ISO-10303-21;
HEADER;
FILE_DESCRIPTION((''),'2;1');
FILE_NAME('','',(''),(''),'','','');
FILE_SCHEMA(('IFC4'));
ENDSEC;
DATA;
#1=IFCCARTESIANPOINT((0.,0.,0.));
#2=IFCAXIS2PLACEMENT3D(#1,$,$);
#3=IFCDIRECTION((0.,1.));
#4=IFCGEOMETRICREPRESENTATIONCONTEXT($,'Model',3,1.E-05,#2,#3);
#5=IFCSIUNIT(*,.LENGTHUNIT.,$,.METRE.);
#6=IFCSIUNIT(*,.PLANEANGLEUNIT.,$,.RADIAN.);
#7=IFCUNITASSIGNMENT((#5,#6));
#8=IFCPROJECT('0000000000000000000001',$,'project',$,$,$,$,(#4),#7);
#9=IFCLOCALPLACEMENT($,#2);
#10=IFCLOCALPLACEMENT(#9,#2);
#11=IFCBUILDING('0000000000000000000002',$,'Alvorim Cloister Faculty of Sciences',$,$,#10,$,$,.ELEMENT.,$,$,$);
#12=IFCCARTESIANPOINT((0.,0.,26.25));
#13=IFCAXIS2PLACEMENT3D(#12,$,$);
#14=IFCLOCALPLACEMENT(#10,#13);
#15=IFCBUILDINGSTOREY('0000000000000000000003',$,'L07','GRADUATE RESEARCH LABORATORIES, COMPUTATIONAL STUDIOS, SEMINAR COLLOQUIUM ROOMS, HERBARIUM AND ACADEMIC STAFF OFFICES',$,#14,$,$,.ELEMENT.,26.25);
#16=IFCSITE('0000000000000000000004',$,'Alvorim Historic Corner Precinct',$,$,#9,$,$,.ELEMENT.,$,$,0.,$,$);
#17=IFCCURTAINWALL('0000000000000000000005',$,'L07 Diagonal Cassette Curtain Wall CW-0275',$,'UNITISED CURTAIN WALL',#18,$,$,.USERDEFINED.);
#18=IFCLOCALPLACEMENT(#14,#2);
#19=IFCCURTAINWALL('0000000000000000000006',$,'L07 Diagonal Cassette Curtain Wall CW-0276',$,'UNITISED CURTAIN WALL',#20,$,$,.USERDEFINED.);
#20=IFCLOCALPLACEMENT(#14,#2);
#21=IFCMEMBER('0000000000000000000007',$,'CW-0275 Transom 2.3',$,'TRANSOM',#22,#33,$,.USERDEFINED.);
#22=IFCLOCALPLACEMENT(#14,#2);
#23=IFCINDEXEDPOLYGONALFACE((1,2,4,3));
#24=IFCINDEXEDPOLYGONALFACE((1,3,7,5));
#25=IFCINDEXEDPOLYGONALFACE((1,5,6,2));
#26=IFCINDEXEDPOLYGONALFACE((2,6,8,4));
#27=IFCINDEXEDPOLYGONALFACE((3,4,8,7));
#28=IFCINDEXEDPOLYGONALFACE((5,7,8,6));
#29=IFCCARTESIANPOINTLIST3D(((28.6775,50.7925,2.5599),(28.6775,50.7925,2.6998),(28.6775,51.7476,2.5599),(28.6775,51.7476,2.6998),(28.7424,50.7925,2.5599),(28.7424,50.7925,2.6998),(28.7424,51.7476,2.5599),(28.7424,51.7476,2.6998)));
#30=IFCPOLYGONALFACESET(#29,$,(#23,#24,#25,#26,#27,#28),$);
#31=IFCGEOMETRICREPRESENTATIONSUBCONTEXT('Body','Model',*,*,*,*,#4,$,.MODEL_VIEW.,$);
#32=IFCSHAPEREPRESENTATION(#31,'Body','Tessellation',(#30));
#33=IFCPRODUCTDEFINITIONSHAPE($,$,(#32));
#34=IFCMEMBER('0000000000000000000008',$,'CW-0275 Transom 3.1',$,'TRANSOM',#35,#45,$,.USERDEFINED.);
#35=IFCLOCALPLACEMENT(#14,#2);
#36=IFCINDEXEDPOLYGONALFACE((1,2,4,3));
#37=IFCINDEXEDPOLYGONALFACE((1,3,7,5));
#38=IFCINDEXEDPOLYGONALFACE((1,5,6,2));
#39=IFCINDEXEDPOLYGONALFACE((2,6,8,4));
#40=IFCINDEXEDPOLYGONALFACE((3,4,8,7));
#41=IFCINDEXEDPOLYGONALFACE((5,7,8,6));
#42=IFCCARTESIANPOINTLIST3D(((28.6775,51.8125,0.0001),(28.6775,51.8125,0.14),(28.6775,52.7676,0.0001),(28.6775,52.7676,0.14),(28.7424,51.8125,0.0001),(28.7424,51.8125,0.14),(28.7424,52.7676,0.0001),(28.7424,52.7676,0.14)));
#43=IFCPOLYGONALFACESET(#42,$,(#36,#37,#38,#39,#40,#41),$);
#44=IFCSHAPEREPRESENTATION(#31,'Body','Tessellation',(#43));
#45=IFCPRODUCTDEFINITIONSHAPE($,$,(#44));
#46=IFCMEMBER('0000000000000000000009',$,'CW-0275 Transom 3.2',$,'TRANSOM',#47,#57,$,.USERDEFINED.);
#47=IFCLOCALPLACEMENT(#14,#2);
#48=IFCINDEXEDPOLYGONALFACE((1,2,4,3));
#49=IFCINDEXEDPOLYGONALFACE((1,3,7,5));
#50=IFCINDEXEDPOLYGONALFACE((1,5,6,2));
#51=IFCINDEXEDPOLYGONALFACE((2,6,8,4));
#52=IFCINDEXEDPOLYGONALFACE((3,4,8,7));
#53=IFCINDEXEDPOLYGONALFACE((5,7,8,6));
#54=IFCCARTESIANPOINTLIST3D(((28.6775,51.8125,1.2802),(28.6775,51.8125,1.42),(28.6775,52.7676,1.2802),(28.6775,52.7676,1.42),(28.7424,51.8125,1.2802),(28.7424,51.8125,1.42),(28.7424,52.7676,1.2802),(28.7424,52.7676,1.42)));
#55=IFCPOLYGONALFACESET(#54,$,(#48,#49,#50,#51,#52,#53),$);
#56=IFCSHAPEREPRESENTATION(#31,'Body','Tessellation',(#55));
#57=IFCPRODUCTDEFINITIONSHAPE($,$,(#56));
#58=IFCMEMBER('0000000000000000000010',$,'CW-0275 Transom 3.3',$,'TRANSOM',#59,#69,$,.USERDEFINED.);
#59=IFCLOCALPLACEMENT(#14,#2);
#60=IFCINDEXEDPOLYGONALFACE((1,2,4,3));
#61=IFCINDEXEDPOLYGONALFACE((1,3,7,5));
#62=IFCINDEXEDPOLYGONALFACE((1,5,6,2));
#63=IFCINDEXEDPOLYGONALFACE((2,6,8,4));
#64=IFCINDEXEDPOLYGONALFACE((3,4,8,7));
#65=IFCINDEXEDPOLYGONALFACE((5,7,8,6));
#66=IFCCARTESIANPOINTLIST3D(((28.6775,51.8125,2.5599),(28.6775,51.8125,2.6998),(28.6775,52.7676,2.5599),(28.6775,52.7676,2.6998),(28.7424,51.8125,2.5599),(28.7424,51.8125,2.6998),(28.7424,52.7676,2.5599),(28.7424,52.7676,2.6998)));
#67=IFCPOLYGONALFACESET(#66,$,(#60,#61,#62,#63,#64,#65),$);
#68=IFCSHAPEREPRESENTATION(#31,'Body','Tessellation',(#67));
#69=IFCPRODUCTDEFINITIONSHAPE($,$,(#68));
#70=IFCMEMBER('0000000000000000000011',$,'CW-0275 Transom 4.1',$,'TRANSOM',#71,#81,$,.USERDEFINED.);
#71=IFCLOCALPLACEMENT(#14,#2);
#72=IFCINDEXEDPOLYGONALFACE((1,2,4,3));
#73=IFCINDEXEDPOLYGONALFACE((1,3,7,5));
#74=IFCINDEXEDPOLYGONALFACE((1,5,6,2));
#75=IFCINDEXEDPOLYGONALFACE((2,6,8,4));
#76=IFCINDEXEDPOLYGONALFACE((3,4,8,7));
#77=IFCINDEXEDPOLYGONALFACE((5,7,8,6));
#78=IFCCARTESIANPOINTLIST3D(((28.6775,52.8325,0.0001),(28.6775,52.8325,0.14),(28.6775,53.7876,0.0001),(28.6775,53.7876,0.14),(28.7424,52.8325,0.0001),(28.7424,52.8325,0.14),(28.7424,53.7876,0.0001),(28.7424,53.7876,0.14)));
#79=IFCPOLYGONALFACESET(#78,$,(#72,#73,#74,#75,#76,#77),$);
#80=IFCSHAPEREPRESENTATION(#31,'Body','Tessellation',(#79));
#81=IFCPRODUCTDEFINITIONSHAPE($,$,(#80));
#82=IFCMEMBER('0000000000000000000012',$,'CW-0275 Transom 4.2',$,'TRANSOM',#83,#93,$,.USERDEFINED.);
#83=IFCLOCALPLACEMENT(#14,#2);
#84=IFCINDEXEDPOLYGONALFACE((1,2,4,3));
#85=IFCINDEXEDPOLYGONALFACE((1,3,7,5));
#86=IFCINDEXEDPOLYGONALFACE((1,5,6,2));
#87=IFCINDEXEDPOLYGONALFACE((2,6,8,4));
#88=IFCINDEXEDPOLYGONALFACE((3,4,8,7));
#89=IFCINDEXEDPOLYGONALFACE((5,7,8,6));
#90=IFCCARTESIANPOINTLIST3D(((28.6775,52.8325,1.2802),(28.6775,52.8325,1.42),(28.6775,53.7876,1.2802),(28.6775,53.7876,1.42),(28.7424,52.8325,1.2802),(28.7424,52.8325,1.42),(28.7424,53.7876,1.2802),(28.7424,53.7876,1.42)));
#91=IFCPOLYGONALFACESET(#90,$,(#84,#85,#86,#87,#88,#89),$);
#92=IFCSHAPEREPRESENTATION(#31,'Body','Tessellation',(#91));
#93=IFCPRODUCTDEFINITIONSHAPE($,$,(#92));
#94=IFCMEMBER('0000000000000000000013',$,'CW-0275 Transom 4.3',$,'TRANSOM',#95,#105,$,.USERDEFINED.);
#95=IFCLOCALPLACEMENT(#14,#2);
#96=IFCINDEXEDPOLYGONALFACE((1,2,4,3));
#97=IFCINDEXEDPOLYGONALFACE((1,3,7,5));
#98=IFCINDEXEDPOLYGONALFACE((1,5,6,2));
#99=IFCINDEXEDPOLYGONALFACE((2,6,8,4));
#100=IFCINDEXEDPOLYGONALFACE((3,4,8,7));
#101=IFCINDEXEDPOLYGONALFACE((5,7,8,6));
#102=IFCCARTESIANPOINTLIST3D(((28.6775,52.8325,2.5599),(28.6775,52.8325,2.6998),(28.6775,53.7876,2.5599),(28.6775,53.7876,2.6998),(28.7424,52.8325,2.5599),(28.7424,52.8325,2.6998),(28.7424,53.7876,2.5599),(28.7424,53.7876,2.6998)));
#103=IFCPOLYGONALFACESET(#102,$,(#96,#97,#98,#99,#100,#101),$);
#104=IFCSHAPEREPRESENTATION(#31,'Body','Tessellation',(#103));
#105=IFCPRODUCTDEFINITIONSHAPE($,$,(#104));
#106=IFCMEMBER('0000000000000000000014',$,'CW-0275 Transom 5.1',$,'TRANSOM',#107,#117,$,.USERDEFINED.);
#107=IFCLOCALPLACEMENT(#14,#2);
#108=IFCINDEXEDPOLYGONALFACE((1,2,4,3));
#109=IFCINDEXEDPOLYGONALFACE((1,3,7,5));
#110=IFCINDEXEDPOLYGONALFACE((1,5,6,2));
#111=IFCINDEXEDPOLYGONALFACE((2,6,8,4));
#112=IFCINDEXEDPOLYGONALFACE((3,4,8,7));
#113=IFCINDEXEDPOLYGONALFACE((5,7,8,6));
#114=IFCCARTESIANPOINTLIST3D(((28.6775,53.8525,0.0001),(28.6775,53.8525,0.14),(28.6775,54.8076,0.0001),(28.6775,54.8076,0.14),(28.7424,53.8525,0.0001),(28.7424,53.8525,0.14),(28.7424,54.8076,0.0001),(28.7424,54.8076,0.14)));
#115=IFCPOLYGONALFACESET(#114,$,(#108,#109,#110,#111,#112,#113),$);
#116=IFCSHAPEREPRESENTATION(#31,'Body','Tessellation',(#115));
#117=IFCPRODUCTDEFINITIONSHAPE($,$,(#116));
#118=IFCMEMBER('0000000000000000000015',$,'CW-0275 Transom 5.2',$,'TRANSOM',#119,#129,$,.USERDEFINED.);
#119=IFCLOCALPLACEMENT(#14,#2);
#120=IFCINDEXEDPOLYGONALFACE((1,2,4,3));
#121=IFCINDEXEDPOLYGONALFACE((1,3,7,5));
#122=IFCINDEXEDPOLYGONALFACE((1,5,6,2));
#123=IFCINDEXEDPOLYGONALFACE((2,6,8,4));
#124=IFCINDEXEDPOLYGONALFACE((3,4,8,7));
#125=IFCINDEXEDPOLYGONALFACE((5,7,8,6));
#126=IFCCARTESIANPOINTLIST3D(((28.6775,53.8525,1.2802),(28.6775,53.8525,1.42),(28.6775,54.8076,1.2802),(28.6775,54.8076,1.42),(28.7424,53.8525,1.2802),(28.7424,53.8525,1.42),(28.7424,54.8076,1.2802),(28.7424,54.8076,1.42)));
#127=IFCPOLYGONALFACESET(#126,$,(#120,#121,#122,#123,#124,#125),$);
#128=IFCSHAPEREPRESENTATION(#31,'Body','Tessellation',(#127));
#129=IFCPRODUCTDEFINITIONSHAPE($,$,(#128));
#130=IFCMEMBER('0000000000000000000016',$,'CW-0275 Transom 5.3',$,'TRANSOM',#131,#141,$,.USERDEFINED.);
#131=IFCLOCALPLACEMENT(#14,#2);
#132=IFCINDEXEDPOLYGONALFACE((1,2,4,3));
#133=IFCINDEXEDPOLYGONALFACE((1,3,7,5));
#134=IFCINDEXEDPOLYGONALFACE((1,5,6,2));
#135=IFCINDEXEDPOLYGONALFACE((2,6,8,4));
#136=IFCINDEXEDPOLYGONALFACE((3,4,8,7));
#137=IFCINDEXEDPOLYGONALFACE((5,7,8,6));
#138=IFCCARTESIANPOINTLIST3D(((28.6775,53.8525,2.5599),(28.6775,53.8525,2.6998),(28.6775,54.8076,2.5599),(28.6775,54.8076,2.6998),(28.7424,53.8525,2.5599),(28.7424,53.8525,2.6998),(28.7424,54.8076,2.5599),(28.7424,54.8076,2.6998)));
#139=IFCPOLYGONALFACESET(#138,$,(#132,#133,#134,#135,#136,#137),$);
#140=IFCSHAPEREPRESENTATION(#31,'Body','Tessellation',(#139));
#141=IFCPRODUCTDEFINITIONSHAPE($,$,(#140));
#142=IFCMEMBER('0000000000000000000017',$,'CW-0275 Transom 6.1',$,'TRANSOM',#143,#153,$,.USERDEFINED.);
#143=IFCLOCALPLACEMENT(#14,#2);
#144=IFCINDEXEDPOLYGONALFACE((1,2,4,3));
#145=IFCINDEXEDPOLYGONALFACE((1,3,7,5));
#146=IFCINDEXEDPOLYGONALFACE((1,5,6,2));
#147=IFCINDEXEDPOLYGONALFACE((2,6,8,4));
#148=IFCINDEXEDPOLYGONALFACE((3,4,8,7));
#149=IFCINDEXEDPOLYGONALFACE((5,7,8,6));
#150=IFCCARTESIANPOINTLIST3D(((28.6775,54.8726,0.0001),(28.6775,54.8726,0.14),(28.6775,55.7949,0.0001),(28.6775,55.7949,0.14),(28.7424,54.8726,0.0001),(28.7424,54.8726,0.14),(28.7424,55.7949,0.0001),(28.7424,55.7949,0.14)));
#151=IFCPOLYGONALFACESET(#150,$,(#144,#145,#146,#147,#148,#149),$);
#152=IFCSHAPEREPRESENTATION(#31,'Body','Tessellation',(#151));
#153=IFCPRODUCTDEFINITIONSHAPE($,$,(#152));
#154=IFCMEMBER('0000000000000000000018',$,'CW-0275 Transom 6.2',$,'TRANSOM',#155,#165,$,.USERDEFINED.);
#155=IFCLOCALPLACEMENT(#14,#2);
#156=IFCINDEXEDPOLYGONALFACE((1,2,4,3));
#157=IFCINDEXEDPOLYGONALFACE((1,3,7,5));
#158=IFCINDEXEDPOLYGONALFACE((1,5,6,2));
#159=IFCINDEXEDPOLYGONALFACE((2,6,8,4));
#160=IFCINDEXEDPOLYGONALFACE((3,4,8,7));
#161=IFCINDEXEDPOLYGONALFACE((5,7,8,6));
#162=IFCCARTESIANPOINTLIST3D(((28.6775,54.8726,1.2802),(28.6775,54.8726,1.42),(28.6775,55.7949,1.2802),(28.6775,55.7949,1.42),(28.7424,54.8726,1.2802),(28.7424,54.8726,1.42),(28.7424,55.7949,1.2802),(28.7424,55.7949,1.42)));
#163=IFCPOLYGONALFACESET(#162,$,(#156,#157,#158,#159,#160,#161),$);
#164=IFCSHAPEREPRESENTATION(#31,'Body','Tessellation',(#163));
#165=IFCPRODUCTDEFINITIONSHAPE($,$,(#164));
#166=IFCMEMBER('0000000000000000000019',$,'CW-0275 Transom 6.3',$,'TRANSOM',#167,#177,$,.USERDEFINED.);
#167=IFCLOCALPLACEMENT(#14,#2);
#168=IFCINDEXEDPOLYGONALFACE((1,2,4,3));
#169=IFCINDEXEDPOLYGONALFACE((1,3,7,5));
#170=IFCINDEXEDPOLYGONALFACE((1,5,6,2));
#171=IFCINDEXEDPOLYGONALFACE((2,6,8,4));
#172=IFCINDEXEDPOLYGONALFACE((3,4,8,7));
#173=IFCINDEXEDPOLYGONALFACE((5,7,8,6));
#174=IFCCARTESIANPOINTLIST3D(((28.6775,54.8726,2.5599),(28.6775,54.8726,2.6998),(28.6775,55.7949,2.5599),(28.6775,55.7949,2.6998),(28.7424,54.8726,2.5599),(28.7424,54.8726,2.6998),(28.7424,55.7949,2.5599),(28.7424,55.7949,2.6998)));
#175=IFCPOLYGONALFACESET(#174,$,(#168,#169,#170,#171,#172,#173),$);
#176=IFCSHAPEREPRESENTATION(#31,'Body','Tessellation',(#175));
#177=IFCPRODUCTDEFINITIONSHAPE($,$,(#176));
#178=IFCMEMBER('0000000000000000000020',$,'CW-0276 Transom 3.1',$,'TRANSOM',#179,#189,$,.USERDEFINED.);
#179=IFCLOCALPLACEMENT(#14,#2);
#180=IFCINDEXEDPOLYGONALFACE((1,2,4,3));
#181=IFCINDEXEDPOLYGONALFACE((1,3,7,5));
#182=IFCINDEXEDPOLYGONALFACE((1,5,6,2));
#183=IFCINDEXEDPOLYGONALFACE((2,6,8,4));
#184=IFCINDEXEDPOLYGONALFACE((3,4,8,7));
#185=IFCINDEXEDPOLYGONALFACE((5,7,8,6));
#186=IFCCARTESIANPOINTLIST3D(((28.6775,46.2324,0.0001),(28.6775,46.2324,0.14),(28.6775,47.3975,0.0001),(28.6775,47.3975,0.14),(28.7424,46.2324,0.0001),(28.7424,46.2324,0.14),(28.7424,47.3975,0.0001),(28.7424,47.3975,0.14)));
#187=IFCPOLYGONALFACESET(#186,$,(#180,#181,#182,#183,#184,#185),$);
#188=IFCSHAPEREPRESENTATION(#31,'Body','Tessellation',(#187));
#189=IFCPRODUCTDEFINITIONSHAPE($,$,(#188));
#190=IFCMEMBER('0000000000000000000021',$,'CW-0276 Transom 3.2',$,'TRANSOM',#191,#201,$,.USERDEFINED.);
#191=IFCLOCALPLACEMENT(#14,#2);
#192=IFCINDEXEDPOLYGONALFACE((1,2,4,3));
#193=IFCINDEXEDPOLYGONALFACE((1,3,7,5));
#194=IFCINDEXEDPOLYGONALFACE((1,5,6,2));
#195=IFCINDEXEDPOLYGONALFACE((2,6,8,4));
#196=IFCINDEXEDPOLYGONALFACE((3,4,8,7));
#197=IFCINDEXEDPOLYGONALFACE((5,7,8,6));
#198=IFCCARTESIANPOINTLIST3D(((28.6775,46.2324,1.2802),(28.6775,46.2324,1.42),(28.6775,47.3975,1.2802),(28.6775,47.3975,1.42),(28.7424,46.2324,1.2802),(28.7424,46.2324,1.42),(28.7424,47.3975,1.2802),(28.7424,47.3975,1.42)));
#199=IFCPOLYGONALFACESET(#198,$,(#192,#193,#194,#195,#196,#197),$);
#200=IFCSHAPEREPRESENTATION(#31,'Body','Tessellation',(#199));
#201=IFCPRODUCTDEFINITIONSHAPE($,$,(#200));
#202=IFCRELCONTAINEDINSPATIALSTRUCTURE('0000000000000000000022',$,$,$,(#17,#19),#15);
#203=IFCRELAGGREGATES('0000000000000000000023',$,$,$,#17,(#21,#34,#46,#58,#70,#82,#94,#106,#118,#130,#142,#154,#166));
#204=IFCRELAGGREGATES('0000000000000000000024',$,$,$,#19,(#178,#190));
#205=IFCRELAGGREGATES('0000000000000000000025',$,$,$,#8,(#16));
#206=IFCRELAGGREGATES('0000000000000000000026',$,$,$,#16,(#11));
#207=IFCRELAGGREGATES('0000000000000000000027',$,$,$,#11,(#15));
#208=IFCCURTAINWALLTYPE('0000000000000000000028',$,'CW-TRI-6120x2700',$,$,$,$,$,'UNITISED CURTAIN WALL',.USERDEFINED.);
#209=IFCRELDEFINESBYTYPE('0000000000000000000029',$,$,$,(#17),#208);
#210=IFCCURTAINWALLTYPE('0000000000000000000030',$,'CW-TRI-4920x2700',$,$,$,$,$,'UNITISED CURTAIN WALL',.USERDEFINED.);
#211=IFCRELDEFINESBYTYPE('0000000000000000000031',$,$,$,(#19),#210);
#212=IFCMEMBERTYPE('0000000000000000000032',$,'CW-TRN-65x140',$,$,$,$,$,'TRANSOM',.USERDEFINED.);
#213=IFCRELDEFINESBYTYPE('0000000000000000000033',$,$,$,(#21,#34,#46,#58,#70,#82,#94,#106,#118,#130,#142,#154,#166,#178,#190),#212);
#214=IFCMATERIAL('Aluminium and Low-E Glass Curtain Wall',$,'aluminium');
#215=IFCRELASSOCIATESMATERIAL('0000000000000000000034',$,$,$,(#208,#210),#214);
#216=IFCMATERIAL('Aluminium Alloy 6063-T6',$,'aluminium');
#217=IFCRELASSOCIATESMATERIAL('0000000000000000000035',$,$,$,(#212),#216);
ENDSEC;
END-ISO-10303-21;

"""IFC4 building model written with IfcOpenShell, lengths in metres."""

from ifc_helpers import new_model, si_unit, direction, frame, origin, origin_2d, place, context, subcontext, project, spatial, rectangle, extrude, material, material_profile, profile_set, type_object, element, aggregate, save


model = new_model("IFC4")

# Units and contexts
model_context = context("Model", 3, precision=1e-05, world=origin(), true_north=direction((0.0, 1.0)))
body_context = subcontext(model_context, "Body", "Model", "MODEL_VIEW")
ifc_project = project(units=[si_unit("LENGTHUNIT", "METRE"), si_unit("PLANEANGLEUNIT", "RADIAN")], contexts=[model_context])

# Site, building, storey
site_placement = place(None, origin())
site = spatial("IfcSite", under=ifc_project, at=site_placement, Name="Alvorim Historic Corner Precinct", CompositionType="ELEMENT", RefElevation=0.0)
building_placement = place(site_placement, origin())
building = spatial("IfcBuilding", under=site, at=building_placement, Name="Alvorim Cloister Faculty of Sciences", CompositionType="ELEMENT")
storey_placement = place(building_placement, frame((0.0, 0.0, 26.25)))
storey = spatial("IfcBuildingStorey", under=building, at=storey_placement, Name="L07", Description="GRADUATE RESEARCH LABORATORIES, COMPUTATIONAL STUDIOS, SEMINAR COLLOQUIUM ROOMS, HERBARIUM AND ACADEMIC STAFF OFFICES", CompositionType="ELEMENT", Elevation=26.25)

# Curtain walls
ifc_material_1 = material(Name="Aluminium and Low-E Glass Curtain Wall", Category="aluminium")
curtain_wall_type_1 = type_object("IfcCurtainWallType", Name="CW-TRI-6120x2700", ElementType="UNITISED CURTAIN WALL", PredefinedType="USERDEFINED", material=ifc_material_1)
curtain_wall_1_placement = place(storey_placement, origin())
curtain_wall_1 = element("IfcCurtainWall", 1, at=curtain_wall_1_placement, inside=storey, type_object=curtain_wall_type_1, Name="L07 Diagonal Cassette Curtain Wall CW-0275", ObjectType="UNITISED CURTAIN WALL", PredefinedType="USERDEFINED")
ifc_material_2 = material(Name="Aluminium Alloy 6063-T6", Category="aluminium")
curtain_wall_type_2 = type_object("IfcCurtainWallType", Name="CW-TRI-4920x2700", ElementType="UNITISED CURTAIN WALL", PredefinedType="USERDEFINED", material=ifc_material_1)
curtain_wall_2_placement = place(storey_placement, origin())
curtain_wall_2 = element("IfcCurtainWall", 2, at=curtain_wall_2_placement, inside=storey, type_object=curtain_wall_type_2, Name="L07 Diagonal Cassette Curtain Wall CW-0276", ObjectType="UNITISED CURTAIN WALL", PredefinedType="USERDEFINED")

# Members
ifc_material_profile_1 = material_profile(ifc_material_2, rectangle(XDim=0.0649, YDim=0.1399, at=origin_2d()), Name="ALU-TRN-65x140")
ifc_profile_set_1 = profile_set([ifc_material_profile_1], Name="Aluminium Alloy 6063-T6")
member_type_1 = type_object("IfcMemberType", Name="CW-TRN-65x140", ElementType="TRANSOM", PredefinedType="USERDEFINED", material=ifc_profile_set_1)
member_1_placement = place(storey_placement, frame((28.71, 50.7925, 2.6299), z_axis=(0.0, 1.0, 0.0), x_axis=(-1.0, 0.0, 0.0)))
member_1 = element("IfcMember", 3, at=member_1_placement, type_object=member_type_1, Name="CW-0275 Transom 2.3", ObjectType="TRANSOM", PredefinedType="USERDEFINED", context=body_context, shape_type="SweptSolid", body=[
    extrude(rectangle(XDim=0.0649, YDim=0.1399, at=origin_2d()), origin(), (0.0, 0.0, 1.0), 0.9551),
])
member_2_placement = place(storey_placement, frame((28.71, 51.8125, 0.0701), z_axis=(0.0, 1.0, 0.0), x_axis=(-1.0, 0.0, 0.0)))
member_2 = element("IfcMember", 4, at=member_2_placement, type_object=member_type_1, Name="CW-0275 Transom 3.1", ObjectType="TRANSOM", PredefinedType="USERDEFINED", context=body_context, shape_type="SweptSolid", body=[
    extrude(rectangle(XDim=0.0649, YDim=0.1399, at=origin_2d()), origin(), (0.0, 0.0, 1.0), 0.9551),
])
member_3_placement = place(storey_placement, frame((28.71, 51.8125, 1.3501), z_axis=(0.0, 1.0, 0.0), x_axis=(-1.0, 0.0, 0.0)))
member_3 = element("IfcMember", 5, at=member_3_placement, type_object=member_type_1, Name="CW-0275 Transom 3.2", ObjectType="TRANSOM", PredefinedType="USERDEFINED", context=body_context, shape_type="SweptSolid", body=[
    extrude(rectangle(XDim=0.0649, YDim=0.1399, at=origin_2d()), origin(), (0.0, 0.0, 1.0), 0.9551),
])
member_4_placement = place(storey_placement, frame((28.71, 51.8125, 2.6299), z_axis=(0.0, 1.0, 0.0), x_axis=(-1.0, 0.0, 0.0)))
member_4 = element("IfcMember", 6, at=member_4_placement, type_object=member_type_1, Name="CW-0275 Transom 3.3", ObjectType="TRANSOM", PredefinedType="USERDEFINED", context=body_context, shape_type="SweptSolid", body=[
    extrude(rectangle(XDim=0.0649, YDim=0.1399, at=origin_2d()), origin(), (0.0, 0.0, 1.0), 0.9551),
])
member_5_placement = place(storey_placement, frame((28.71, 52.8325, 0.0701), z_axis=(0.0, 1.0, 0.0), x_axis=(-1.0, 0.0, 0.0)))
member_5 = element("IfcMember", 7, at=member_5_placement, type_object=member_type_1, Name="CW-0275 Transom 4.1", ObjectType="TRANSOM", PredefinedType="USERDEFINED", context=body_context, shape_type="SweptSolid", body=[
    extrude(rectangle(XDim=0.0649, YDim=0.1399, at=origin_2d()), origin(), (0.0, 0.0, 1.0), 0.9551),
])
member_6_placement = place(storey_placement, frame((28.71, 52.8325, 1.3501), z_axis=(0.0, 1.0, 0.0), x_axis=(-1.0, 0.0, 0.0)))
member_6 = element("IfcMember", 8, at=member_6_placement, type_object=member_type_1, Name="CW-0275 Transom 4.2", ObjectType="TRANSOM", PredefinedType="USERDEFINED", context=body_context, shape_type="SweptSolid", body=[
    extrude(rectangle(XDim=0.0649, YDim=0.1399, at=origin_2d()), origin(), (0.0, 0.0, 1.0), 0.9551),
])
member_7_placement = place(storey_placement, frame((28.71, 52.8325, 2.6299), z_axis=(0.0, 1.0, 0.0), x_axis=(-1.0, 0.0, 0.0)))
member_7 = element("IfcMember", 9, at=member_7_placement, type_object=member_type_1, Name="CW-0275 Transom 4.3", ObjectType="TRANSOM", PredefinedType="USERDEFINED", context=body_context, shape_type="SweptSolid", body=[
    extrude(rectangle(XDim=0.0649, YDim=0.1399, at=origin_2d()), origin(), (0.0, 0.0, 1.0), 0.9551),
])
member_8_placement = place(storey_placement, frame((28.71, 53.8525, 0.0701), z_axis=(0.0, 1.0, 0.0), x_axis=(-1.0, 0.0, 0.0)))
member_8 = element("IfcMember", 10, at=member_8_placement, type_object=member_type_1, Name="CW-0275 Transom 5.1", ObjectType="TRANSOM", PredefinedType="USERDEFINED", context=body_context, shape_type="SweptSolid", body=[
    extrude(rectangle(XDim=0.0649, YDim=0.1399, at=origin_2d()), origin(), (0.0, 0.0, 1.0), 0.9551),
])
member_9_placement = place(storey_placement, frame((28.71, 53.8525, 1.3501), z_axis=(0.0, 1.0, 0.0), x_axis=(-1.0, 0.0, 0.0)))
member_9 = element("IfcMember", 11, at=member_9_placement, type_object=member_type_1, Name="CW-0275 Transom 5.2", ObjectType="TRANSOM", PredefinedType="USERDEFINED", context=body_context, shape_type="SweptSolid", body=[
    extrude(rectangle(XDim=0.0649, YDim=0.1399, at=origin_2d()), origin(), (0.0, 0.0, 1.0), 0.9551),
])
member_10_placement = place(storey_placement, frame((28.71, 53.8525, 2.6299), z_axis=(0.0, 1.0, 0.0), x_axis=(-1.0, 0.0, 0.0)))
member_10 = element("IfcMember", 12, at=member_10_placement, type_object=member_type_1, Name="CW-0275 Transom 5.3", ObjectType="TRANSOM", PredefinedType="USERDEFINED", context=body_context, shape_type="SweptSolid", body=[
    extrude(rectangle(XDim=0.0649, YDim=0.1399, at=origin_2d()), origin(), (0.0, 0.0, 1.0), 0.9551),
])
member_11_placement = place(storey_placement, frame((28.71, 54.8726, 0.0701), z_axis=(0.0, 1.0, 0.0), x_axis=(-1.0, 0.0, 0.0)))
member_11 = element("IfcMember", 13, at=member_11_placement, type_object=member_type_1, Name="CW-0275 Transom 6.1", ObjectType="TRANSOM", PredefinedType="USERDEFINED", context=body_context, shape_type="SweptSolid", body=[
    extrude(rectangle(XDim=0.0649, YDim=0.1399, at=origin_2d()), origin(), (0.0, 0.0, 1.0), 0.9224),
])
member_12_placement = place(storey_placement, frame((28.71, 54.8726, 1.3501), z_axis=(0.0, 1.0, 0.0), x_axis=(-1.0, 0.0, 0.0)))
member_12 = element("IfcMember", 14, at=member_12_placement, type_object=member_type_1, Name="CW-0275 Transom 6.2", ObjectType="TRANSOM", PredefinedType="USERDEFINED", context=body_context, shape_type="SweptSolid", body=[
    extrude(rectangle(XDim=0.0649, YDim=0.1399, at=origin_2d()), origin(), (0.0, 0.0, 1.0), 0.9224),
])
member_13_placement = place(storey_placement, frame((28.71, 54.8726, 2.6299), z_axis=(0.0, 1.0, 0.0), x_axis=(-1.0, 0.0, 0.0)))
member_13 = element("IfcMember", 15, at=member_13_placement, type_object=member_type_1, Name="CW-0275 Transom 6.3", ObjectType="TRANSOM", PredefinedType="USERDEFINED", context=body_context, shape_type="SweptSolid", body=[
    extrude(rectangle(XDim=0.0649, YDim=0.1399, at=origin_2d()), origin(), (0.0, 0.0, 1.0), 0.9224),
])
aggregate(curtain_wall_1, [member_1, member_2, member_3, member_4, member_5, member_6, member_7, member_8, member_9, member_10, member_11, member_12, member_13])
member_14_placement = place(storey_placement, frame((28.71, 46.2324, 0.0701), z_axis=(0.0, 1.0, 0.0), x_axis=(-1.0, 0.0, 0.0)))
member_14 = element("IfcMember", 16, at=member_14_placement, type_object=member_type_1, Name="CW-0276 Transom 3.1", ObjectType="TRANSOM", PredefinedType="USERDEFINED", context=body_context, shape_type="SweptSolid", body=[
    extrude(rectangle(XDim=0.0649, YDim=0.1399, at=origin_2d()), origin(), (0.0, 0.0, 1.0), 1.165),
])
member_15_placement = place(storey_placement, frame((28.71, 46.2324, 1.3501), z_axis=(0.0, 1.0, 0.0), x_axis=(-1.0, 0.0, 0.0)))
member_15 = element("IfcMember", 17, at=member_15_placement, type_object=member_type_1, Name="CW-0276 Transom 3.2", ObjectType="TRANSOM", PredefinedType="USERDEFINED", context=body_context, shape_type="SweptSolid", body=[
    extrude(rectangle(XDim=0.0649, YDim=0.1399, at=origin_2d()), origin(), (0.0, 0.0, 1.0), 1.165),
])
aggregate(curtain_wall_2, [member_14, member_15])

save(model, "model.ifc")
